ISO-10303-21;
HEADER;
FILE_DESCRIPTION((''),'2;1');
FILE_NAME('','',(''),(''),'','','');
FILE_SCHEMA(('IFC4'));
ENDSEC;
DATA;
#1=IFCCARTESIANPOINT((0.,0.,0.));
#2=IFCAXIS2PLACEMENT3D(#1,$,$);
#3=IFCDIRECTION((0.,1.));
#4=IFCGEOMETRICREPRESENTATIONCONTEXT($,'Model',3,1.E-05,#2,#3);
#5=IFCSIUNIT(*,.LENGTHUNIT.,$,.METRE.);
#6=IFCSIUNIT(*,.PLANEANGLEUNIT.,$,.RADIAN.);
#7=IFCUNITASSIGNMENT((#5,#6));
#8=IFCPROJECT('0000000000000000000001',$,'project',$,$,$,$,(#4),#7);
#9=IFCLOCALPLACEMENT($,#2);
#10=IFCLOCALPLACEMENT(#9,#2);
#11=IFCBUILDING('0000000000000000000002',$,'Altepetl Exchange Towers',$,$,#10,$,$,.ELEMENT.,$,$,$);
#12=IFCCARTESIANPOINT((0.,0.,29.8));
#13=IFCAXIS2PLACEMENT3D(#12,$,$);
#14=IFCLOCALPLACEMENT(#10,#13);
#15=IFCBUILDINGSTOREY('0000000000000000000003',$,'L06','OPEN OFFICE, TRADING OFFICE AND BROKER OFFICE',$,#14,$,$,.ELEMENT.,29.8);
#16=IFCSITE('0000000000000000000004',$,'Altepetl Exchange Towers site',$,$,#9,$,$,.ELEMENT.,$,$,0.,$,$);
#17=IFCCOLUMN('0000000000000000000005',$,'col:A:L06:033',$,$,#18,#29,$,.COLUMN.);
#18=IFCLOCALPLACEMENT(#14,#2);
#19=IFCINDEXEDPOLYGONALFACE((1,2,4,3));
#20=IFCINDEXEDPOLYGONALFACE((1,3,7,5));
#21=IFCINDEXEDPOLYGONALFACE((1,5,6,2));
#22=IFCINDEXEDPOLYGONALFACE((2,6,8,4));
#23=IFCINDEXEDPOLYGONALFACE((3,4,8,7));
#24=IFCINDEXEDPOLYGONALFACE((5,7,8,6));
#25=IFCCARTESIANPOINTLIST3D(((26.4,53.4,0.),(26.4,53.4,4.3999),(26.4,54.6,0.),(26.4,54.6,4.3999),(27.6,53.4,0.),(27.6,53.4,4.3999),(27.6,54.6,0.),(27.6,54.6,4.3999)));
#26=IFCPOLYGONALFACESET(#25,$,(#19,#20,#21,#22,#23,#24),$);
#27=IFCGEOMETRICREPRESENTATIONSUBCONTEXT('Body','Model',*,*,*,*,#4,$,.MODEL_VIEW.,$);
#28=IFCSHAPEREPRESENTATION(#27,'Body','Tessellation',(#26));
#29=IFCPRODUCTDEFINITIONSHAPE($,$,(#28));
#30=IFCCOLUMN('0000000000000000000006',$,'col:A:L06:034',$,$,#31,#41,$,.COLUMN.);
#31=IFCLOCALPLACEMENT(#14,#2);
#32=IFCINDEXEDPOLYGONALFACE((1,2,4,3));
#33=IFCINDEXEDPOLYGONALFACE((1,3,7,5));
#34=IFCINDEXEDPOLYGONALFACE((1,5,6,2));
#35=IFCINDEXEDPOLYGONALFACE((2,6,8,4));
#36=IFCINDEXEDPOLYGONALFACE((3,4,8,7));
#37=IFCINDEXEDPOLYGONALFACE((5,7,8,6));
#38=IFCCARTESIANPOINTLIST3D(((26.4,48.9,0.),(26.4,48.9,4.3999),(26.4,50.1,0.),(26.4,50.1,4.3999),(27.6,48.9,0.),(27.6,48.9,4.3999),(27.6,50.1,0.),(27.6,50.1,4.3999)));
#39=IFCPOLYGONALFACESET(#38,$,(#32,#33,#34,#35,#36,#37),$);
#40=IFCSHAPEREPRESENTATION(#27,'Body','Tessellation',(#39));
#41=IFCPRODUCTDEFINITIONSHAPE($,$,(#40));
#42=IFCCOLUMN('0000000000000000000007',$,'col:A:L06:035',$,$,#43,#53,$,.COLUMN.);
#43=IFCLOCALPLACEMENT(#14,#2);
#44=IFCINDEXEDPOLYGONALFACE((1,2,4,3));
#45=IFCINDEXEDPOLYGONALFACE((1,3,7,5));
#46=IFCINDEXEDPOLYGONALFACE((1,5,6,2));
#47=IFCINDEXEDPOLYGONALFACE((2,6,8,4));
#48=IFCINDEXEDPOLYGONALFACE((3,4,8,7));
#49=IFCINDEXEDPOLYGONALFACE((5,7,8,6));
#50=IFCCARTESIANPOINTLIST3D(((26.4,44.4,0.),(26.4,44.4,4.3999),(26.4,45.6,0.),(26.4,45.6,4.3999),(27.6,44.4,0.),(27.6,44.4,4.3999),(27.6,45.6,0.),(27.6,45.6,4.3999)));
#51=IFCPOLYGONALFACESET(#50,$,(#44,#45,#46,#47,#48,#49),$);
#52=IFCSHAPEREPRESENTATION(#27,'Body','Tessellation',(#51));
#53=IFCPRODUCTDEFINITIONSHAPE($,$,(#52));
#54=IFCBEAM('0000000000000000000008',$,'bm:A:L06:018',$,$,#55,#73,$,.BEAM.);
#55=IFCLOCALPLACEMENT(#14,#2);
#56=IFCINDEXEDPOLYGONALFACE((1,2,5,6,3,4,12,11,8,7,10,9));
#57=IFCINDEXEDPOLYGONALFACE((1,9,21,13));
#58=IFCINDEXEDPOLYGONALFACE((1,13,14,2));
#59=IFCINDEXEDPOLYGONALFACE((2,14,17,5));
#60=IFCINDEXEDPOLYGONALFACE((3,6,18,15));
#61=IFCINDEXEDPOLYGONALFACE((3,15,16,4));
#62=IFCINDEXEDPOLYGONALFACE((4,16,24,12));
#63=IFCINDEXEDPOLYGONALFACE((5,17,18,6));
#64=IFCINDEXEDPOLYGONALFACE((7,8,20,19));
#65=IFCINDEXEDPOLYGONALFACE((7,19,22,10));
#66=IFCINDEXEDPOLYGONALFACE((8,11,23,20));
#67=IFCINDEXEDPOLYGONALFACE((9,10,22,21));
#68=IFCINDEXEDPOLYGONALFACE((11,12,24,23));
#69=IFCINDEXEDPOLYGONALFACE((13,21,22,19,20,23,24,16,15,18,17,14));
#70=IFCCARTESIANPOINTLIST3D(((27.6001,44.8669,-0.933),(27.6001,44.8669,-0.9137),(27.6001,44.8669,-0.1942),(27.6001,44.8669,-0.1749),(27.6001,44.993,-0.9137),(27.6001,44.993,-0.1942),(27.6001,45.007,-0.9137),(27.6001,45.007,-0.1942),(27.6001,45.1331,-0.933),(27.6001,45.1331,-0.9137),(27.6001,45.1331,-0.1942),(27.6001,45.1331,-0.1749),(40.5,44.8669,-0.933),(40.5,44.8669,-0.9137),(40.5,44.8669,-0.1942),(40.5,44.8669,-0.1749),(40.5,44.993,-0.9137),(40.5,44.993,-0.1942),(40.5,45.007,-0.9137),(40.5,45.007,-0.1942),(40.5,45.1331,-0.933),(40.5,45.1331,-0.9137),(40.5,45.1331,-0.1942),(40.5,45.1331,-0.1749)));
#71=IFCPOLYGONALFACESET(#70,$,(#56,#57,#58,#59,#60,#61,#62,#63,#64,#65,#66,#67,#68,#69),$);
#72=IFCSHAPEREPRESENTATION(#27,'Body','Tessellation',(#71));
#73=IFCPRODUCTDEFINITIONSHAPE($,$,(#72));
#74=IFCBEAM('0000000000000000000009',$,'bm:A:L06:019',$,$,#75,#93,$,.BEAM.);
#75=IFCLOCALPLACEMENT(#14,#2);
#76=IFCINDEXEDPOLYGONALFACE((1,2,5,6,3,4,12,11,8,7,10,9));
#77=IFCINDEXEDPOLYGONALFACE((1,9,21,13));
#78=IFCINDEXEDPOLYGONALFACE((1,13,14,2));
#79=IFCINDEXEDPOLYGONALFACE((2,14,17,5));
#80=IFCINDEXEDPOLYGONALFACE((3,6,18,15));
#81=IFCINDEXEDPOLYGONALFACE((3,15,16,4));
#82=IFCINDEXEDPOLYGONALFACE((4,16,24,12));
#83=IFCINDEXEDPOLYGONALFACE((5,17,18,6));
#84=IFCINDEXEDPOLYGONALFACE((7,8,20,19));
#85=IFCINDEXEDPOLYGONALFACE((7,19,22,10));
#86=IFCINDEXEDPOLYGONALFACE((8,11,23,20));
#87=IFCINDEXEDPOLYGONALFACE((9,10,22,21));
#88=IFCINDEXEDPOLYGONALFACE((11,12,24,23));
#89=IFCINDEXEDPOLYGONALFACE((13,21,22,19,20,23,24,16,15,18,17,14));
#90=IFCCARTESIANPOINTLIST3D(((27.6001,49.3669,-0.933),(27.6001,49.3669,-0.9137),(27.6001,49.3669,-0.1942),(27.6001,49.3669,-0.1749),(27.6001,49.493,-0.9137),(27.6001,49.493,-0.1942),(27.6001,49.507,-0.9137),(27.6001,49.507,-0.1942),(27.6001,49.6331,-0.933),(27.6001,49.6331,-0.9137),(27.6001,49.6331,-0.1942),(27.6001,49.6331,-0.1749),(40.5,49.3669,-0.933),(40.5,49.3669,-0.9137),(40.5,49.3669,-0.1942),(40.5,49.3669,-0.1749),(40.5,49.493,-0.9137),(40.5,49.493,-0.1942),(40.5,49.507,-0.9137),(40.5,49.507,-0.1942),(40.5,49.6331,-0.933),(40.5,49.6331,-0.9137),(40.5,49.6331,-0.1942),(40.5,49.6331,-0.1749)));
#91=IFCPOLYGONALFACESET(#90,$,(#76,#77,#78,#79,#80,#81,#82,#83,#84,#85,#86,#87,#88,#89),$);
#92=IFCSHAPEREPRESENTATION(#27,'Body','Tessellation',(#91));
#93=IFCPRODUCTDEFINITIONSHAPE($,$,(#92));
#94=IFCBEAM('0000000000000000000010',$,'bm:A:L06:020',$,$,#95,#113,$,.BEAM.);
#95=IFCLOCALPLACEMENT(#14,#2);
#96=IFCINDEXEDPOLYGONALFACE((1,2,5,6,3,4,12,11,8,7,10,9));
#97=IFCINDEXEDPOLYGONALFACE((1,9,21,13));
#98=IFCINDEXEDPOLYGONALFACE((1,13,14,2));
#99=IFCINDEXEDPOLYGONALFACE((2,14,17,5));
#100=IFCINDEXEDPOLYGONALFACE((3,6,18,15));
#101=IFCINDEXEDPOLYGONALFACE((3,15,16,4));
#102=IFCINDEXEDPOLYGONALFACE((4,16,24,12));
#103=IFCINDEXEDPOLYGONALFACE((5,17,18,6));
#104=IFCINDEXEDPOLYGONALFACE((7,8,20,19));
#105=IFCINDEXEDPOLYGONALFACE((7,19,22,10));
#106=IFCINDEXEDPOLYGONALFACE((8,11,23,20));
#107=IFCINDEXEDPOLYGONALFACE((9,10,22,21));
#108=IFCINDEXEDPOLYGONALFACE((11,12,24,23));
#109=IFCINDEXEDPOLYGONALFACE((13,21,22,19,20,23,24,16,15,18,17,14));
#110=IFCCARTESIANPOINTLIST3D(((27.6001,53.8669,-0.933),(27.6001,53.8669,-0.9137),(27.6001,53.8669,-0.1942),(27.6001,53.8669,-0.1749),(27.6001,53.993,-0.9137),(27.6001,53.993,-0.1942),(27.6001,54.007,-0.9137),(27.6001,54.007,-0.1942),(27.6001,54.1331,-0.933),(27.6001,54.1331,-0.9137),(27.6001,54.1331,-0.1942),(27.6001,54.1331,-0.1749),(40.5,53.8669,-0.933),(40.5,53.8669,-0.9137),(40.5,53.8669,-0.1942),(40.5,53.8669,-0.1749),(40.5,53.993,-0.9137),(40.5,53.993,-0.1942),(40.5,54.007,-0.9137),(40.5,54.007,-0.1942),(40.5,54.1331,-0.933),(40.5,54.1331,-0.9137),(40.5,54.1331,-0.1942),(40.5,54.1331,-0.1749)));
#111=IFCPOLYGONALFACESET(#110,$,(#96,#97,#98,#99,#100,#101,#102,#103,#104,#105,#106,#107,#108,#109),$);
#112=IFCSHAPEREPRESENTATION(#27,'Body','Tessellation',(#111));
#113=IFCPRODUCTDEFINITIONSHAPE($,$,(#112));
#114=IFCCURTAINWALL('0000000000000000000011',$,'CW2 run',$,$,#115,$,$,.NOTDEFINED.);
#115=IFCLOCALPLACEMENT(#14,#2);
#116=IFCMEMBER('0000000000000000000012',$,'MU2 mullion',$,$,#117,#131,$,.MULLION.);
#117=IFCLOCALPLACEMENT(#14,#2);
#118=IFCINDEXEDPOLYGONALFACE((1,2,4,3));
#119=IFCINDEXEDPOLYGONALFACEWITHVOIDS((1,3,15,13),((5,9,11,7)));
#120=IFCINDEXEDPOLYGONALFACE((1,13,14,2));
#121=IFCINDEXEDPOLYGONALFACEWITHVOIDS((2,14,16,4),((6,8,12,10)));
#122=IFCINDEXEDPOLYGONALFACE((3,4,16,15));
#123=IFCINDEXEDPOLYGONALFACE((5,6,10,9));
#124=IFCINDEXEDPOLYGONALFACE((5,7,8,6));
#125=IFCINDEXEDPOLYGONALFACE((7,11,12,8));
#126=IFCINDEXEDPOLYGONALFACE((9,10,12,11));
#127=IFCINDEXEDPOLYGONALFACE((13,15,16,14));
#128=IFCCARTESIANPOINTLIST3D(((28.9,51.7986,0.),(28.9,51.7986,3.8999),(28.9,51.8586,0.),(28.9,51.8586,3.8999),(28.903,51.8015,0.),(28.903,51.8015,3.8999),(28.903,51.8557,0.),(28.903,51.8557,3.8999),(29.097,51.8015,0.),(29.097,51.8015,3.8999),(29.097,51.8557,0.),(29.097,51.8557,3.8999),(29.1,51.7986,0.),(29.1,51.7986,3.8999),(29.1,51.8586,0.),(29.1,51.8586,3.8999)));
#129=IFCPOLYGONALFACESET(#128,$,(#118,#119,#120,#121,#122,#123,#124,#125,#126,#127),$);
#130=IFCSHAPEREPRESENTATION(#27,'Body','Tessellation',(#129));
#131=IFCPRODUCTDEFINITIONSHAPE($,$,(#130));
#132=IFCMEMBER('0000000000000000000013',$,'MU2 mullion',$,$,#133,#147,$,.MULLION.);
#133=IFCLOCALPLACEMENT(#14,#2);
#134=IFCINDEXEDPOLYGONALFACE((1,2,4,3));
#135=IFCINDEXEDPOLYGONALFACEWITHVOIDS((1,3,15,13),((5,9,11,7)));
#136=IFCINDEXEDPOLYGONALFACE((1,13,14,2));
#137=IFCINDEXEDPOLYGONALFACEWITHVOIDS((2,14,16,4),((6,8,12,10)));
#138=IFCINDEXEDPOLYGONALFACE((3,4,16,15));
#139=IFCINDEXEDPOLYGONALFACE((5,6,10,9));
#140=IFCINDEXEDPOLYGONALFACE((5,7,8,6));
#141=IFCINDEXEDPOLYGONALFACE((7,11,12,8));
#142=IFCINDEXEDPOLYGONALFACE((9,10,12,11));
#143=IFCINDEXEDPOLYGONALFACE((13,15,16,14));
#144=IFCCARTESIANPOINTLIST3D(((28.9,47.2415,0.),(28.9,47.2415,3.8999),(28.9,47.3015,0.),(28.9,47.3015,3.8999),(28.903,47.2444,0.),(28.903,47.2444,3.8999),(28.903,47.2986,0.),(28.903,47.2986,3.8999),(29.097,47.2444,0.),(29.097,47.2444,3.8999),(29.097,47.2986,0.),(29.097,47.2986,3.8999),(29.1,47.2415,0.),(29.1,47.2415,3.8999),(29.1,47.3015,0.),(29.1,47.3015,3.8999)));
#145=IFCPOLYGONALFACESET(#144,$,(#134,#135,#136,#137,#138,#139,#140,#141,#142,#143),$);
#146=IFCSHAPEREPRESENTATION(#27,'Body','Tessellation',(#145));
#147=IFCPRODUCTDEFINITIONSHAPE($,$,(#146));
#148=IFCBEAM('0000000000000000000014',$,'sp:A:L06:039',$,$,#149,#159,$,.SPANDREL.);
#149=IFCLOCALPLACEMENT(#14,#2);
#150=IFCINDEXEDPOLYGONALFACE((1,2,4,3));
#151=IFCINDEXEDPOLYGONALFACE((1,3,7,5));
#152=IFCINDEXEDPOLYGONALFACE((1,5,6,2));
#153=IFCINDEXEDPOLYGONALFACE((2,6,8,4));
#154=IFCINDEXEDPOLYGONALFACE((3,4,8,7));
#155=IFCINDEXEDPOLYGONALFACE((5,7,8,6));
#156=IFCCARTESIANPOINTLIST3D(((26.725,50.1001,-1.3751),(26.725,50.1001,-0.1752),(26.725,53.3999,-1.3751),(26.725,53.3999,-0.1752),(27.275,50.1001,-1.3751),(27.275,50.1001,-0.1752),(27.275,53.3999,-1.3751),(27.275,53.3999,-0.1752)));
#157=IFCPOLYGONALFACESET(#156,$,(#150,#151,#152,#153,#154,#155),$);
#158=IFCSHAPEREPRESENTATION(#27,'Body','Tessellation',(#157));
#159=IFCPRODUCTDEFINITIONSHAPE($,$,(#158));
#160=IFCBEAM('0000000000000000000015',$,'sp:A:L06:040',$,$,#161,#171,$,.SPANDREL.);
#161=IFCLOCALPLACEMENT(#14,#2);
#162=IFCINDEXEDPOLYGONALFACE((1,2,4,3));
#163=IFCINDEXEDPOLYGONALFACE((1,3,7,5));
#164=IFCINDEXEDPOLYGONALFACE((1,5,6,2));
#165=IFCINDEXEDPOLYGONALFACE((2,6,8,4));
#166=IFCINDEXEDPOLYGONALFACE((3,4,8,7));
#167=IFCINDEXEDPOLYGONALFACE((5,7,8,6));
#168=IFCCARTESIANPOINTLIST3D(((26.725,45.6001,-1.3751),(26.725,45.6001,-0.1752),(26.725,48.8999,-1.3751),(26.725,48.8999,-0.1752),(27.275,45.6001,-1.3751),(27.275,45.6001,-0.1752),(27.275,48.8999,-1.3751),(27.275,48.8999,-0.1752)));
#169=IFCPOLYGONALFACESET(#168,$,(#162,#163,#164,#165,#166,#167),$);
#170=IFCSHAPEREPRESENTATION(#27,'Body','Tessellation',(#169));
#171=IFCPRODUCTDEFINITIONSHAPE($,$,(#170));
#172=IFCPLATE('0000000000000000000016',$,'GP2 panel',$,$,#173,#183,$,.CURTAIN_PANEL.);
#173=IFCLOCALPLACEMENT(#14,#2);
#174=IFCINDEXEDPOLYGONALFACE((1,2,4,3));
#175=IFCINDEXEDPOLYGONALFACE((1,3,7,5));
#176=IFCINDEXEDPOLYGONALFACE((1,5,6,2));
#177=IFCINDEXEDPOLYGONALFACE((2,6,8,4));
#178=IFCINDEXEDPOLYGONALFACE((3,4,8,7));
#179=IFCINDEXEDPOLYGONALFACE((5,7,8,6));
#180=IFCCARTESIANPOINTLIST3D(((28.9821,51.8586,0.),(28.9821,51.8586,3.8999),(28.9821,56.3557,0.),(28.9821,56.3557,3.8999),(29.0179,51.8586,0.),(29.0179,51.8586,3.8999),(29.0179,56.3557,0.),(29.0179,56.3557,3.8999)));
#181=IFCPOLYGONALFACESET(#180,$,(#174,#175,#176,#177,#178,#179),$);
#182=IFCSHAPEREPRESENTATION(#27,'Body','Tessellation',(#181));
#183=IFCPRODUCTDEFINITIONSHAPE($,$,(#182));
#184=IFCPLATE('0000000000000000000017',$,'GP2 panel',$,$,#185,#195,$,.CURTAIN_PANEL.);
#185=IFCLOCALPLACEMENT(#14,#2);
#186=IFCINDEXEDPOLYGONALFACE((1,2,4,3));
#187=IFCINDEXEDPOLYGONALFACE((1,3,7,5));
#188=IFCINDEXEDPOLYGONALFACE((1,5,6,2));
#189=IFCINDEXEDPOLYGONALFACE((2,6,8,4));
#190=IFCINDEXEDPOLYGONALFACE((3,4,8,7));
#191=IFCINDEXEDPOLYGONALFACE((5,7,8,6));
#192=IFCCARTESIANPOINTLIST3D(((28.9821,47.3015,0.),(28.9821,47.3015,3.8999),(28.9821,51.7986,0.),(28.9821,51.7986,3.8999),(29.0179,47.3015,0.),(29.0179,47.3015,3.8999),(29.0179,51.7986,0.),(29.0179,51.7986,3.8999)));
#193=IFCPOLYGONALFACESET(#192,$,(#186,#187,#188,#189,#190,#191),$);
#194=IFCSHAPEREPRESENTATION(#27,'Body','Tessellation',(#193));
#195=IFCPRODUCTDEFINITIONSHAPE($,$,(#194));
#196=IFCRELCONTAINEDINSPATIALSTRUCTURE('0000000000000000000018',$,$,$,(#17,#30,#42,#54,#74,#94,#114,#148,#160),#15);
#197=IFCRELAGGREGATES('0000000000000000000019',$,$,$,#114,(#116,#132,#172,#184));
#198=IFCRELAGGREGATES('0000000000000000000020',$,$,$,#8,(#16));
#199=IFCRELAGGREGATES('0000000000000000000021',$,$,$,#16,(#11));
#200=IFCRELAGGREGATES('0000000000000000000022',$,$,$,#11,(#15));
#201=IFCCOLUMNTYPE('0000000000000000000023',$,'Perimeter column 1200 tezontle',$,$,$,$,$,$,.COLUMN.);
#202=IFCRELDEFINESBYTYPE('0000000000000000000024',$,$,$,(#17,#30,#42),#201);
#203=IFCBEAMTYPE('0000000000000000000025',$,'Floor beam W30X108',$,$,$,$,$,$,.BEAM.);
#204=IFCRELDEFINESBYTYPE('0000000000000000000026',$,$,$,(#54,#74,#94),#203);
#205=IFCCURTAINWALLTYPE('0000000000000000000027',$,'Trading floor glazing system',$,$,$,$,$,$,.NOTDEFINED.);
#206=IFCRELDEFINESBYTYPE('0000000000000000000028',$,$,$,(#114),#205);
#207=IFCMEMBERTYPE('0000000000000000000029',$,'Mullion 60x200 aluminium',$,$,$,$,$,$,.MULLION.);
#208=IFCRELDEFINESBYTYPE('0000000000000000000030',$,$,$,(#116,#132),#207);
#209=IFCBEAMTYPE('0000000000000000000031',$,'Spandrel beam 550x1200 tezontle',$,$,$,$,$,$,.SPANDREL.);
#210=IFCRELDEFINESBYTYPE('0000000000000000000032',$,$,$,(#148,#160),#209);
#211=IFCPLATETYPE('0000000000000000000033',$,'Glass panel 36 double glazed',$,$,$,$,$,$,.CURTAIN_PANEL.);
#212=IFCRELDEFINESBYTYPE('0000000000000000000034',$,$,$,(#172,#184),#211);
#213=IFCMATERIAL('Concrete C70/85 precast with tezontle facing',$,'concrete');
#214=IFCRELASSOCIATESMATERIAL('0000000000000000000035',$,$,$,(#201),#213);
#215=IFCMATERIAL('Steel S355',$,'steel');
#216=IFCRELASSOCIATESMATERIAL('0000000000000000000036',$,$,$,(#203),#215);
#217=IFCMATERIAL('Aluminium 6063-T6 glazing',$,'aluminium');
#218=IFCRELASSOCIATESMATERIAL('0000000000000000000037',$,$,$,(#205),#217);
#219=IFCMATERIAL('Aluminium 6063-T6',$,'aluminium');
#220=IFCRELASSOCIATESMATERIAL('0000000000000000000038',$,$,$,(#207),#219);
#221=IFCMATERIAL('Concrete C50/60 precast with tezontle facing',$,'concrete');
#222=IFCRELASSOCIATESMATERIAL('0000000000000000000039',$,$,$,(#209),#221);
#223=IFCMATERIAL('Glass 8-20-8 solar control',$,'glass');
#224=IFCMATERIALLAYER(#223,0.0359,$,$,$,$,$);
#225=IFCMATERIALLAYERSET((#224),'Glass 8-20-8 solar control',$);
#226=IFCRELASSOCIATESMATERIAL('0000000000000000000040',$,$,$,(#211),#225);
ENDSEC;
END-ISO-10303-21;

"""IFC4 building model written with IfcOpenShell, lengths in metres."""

from ifc_helpers import new_model, si_unit, direction, frame, origin, origin_2d, place, context, subcontext, project, spatial, rectangle, hollow_rectangle, i_section, extrude, material, layer, layer_set, material_profile, profile_set, type_object, element, aggregate, save


model = new_model("IFC4")

# Units and contexts
model_context = context("Model", 3, precision=1e-05, world=origin(), true_north=direction((0.0, 1.0)))
body_context = subcontext(model_context, "Body", "Model", "MODEL_VIEW")
ifc_project = project(units=[si_unit("LENGTHUNIT", "METRE"), si_unit("PLANEANGLEUNIT", "RADIAN")], contexts=[model_context])

# Site, building, storey
site_placement = place(None, origin())
site = spatial("IfcSite", under=ifc_project, at=site_placement, Name="Altepetl Exchange Towers site", CompositionType="ELEMENT", RefElevation=0.0)
building_placement = place(site_placement, origin())
building = spatial("IfcBuilding", under=site, at=building_placement, Name="Altepetl Exchange Towers", CompositionType="ELEMENT")
storey_placement = place(building_placement, frame((0.0, 0.0, 29.8)))
storey = spatial("IfcBuildingStorey", under=building, at=storey_placement, Name="L06", Description="OPEN OFFICE, TRADING OFFICE AND BROKER OFFICE", CompositionType="ELEMENT", Elevation=29.8)

# Columns
ifc_material_1 = material(Name="Concrete C70/85 precast with tezontle facing", Category="concrete")
ifc_material_profile_1 = material_profile(ifc_material_1, rectangle(XDim=1.2, YDim=1.2, at=origin_2d()), Name="1200 x 1200")
ifc_profile_set_1 = profile_set([ifc_material_profile_1], Name="Concrete C70/85 precast with tezontle facing")
column_type = type_object("IfcColumnType", Name="Perimeter column 1200 tezontle", PredefinedType="COLUMN", material=ifc_profile_set_1)
for number, where, name in (
    (1, (27.0, 54.0, 0.0), "col:A:L06:033"),
    (2, (27.0, 49.5, 0.0), "col:A:L06:034"),
    (3, (27.0, 45.0, 0.0), "col:A:L06:035"),
):
    element("IfcColumn", number, at=place(storey_placement, frame(where)), inside=storey, type_object=column_type, Name=name, PredefinedType="COLUMN", context=body_context, shape_type="SweptSolid", body=[
        extrude(rectangle(XDim=1.2, YDim=1.2, at=origin_2d()), origin(), (0.0, 0.0, 1.0), 4.3999),
    ])

# Beams
ifc_material_2 = material(Name="Steel S355", Category="steel")
ifc_material_profile_2 = material_profile(ifc_material_2, i_section(OverallWidth=0.2661, OverallDepth=0.7581, WebThickness=0.0139, FlangeThickness=0.0193, at=origin_2d()), Name="W30X108")
ifc_profile_set_2 = profile_set([ifc_material_profile_2], Name="Steel S355")
beam_type_1 = type_object("IfcBeamType", Name="Floor beam W30X108", PredefinedType="BEAM", material=ifc_profile_set_2)
for number, where, z_axis, x_axis, name in (
    (4, (27.6001, 45.0, -0.554), (1.0, 0.0, 0.0), (0.0, 1.0, 0.0), "bm:A:L06:018"),
    (5, (27.6001, 49.5, -0.554), (1.0, 0.0, 0.0), (0.0, 1.0, 0.0), "bm:A:L06:019"),
    (6, (27.6001, 54.0, -0.554), (1.0, 0.0, 0.0), (0.0, 1.0, 0.0), "bm:A:L06:020"),
):
    element("IfcBeam", number, at=place(storey_placement, frame(where, z_axis=z_axis, x_axis=x_axis)), inside=storey, type_object=beam_type_1, Name=name, PredefinedType="BEAM", context=body_context, shape_type="SweptSolid", body=[
        extrude(i_section(OverallWidth=0.2661, OverallDepth=0.7581, WebThickness=0.0139, FlangeThickness=0.0193, at=origin_2d()), origin(), (0.0, 0.0, 1.0), 12.8999),
    ])

# Curtain wall, members
ifc_material_3 = material(Name="Aluminium 6063-T6 glazing", Category="aluminium")
curtain_wall_type = type_object("IfcCurtainWallType", Name="Trading floor glazing system", PredefinedType="NOTDEFINED", material=ifc_material_3)
curtain_wall_placement = place(storey_placement, origin())
curtain_wall = element("IfcCurtainWall", 7, at=curtain_wall_placement, inside=storey, type_object=curtain_wall_type, Name="CW2 run", PredefinedType="NOTDEFINED")
ifc_material_4 = material(Name="Aluminium 6063-T6", Category="aluminium")
ifc_material_profile_3 = material_profile(ifc_material_4, hollow_rectangle(XDim=0.0601, YDim=0.2, WallThickness=0.0029, at=origin_2d()), Name="Mullion 60x200 aluminium")
ifc_profile_set_3 = profile_set([ifc_material_profile_3], Name="Aluminium 6063-T6")
member_type = type_object("IfcMemberType", Name="Mullion 60x200 aluminium", PredefinedType="MULLION", material=ifc_profile_set_3)
member_1_placement = place(storey_placement, frame((29.0, 51.8286, 0.0), z_axis=(0.0, 0.0, 1.0), x_axis=(0.0, -1.0, 0.0)))
member_1 = element("IfcMember", 8, at=member_1_placement, type_object=member_type, Name="MU2 mullion", PredefinedType="MULLION", context=body_context, shape_type="SweptSolid", body=[
    extrude(hollow_rectangle(XDim=0.0601, YDim=0.2, WallThickness=0.0029, at=origin_2d()), origin(), (0.0, 0.0, 1.0), 3.8999),
])
member_2_placement = place(storey_placement, frame((29.0, 47.2715, 0.0), z_axis=(0.0, 0.0, 1.0), x_axis=(0.0, -1.0, 0.0)))
member_2 = element("IfcMember", 9, at=member_2_placement, type_object=member_type, Name="MU2 mullion", PredefinedType="MULLION", context=body_context, shape_type="SweptSolid", body=[
    extrude(hollow_rectangle(XDim=0.0601, YDim=0.2, WallThickness=0.0029, at=origin_2d()), origin(), (0.0, 0.0, 1.0), 3.8999),
])

# Beams
ifc_material_5 = material(Name="Concrete C50/60 precast with tezontle facing", Category="concrete")
ifc_material_profile_4 = material_profile(ifc_material_5, rectangle(XDim=0.55, YDim=1.2, at=origin_2d()), Name="550 x 1200")
ifc_profile_set_4 = profile_set([ifc_material_profile_4], Name="Concrete C50/60 precast with tezontle facing")
beam_type_2 = type_object("IfcBeamType", Name="Spandrel beam 550x1200 tezontle", PredefinedType="SPANDREL", material=ifc_profile_set_4)
for number, where, z_axis, x_axis, name in (
    (10, (27.0, 53.3999, -0.7751), (0.0, -1.0, 0.0), (1.0, 0.0, 0.0), "sp:A:L06:039"),
    (11, (27.0, 48.8999, -0.7751), (0.0, -1.0, 0.0), (1.0, 0.0, 0.0), "sp:A:L06:040"),
):
    element("IfcBeam", number, at=place(storey_placement, frame(where, z_axis=z_axis, x_axis=x_axis)), inside=storey, type_object=beam_type_2, Name=name, PredefinedType="SPANDREL", context=body_context, shape_type="SweptSolid", body=[
        extrude(rectangle(XDim=0.55, YDim=1.2, at=origin_2d()), origin(), (0.0, 0.0, 1.0), 3.2998),
    ])

# Plates
ifc_material_6 = material(Name="Glass 8-20-8 solar control", Category="glass")
ifc_layer_1 = layer(ifc_material_6, 0.0359)
ifc_layer_set_1 = layer_set([ifc_layer_1], Name="Glass 8-20-8 solar control")
plate_type = type_object("IfcPlateType", Name="Glass panel 36 double glazed", PredefinedType="CURTAIN_PANEL", material=ifc_layer_set_1)
plate_1_placement = place(storey_placement, frame((29.0, 54.1072, 0.0), z_axis=(0.0, 0.0, 1.0), x_axis=(0.0, -1.0, 0.0)))
plate_1 = element("IfcPlate", 12, at=plate_1_placement, type_object=plate_type, Name="GP2 panel", PredefinedType="CURTAIN_PANEL", context=body_context, shape_type="SweptSolid", body=[
    extrude(rectangle(XDim=4.4971, YDim=0.0359, at=origin_2d()), origin(), (0.0, 0.0, 1.0), 3.8999),
])
plate_2_placement = place(storey_placement, frame((29.0, 49.55, 0.0), z_axis=(0.0, 0.0, 1.0), x_axis=(0.0, -1.0, 0.0)))
plate_2 = element("IfcPlate", 13, at=plate_2_placement, type_object=plate_type, Name="GP2 panel", PredefinedType="CURTAIN_PANEL", context=body_context, shape_type="SweptSolid", body=[
    extrude(rectangle(XDim=4.4971, YDim=0.0359, at=origin_2d()), origin(), (0.0, 0.0, 1.0), 3.8999),
])
aggregate(curtain_wall, [member_1, member_2, plate_1, plate_2])

save(model, "model.ifc")
